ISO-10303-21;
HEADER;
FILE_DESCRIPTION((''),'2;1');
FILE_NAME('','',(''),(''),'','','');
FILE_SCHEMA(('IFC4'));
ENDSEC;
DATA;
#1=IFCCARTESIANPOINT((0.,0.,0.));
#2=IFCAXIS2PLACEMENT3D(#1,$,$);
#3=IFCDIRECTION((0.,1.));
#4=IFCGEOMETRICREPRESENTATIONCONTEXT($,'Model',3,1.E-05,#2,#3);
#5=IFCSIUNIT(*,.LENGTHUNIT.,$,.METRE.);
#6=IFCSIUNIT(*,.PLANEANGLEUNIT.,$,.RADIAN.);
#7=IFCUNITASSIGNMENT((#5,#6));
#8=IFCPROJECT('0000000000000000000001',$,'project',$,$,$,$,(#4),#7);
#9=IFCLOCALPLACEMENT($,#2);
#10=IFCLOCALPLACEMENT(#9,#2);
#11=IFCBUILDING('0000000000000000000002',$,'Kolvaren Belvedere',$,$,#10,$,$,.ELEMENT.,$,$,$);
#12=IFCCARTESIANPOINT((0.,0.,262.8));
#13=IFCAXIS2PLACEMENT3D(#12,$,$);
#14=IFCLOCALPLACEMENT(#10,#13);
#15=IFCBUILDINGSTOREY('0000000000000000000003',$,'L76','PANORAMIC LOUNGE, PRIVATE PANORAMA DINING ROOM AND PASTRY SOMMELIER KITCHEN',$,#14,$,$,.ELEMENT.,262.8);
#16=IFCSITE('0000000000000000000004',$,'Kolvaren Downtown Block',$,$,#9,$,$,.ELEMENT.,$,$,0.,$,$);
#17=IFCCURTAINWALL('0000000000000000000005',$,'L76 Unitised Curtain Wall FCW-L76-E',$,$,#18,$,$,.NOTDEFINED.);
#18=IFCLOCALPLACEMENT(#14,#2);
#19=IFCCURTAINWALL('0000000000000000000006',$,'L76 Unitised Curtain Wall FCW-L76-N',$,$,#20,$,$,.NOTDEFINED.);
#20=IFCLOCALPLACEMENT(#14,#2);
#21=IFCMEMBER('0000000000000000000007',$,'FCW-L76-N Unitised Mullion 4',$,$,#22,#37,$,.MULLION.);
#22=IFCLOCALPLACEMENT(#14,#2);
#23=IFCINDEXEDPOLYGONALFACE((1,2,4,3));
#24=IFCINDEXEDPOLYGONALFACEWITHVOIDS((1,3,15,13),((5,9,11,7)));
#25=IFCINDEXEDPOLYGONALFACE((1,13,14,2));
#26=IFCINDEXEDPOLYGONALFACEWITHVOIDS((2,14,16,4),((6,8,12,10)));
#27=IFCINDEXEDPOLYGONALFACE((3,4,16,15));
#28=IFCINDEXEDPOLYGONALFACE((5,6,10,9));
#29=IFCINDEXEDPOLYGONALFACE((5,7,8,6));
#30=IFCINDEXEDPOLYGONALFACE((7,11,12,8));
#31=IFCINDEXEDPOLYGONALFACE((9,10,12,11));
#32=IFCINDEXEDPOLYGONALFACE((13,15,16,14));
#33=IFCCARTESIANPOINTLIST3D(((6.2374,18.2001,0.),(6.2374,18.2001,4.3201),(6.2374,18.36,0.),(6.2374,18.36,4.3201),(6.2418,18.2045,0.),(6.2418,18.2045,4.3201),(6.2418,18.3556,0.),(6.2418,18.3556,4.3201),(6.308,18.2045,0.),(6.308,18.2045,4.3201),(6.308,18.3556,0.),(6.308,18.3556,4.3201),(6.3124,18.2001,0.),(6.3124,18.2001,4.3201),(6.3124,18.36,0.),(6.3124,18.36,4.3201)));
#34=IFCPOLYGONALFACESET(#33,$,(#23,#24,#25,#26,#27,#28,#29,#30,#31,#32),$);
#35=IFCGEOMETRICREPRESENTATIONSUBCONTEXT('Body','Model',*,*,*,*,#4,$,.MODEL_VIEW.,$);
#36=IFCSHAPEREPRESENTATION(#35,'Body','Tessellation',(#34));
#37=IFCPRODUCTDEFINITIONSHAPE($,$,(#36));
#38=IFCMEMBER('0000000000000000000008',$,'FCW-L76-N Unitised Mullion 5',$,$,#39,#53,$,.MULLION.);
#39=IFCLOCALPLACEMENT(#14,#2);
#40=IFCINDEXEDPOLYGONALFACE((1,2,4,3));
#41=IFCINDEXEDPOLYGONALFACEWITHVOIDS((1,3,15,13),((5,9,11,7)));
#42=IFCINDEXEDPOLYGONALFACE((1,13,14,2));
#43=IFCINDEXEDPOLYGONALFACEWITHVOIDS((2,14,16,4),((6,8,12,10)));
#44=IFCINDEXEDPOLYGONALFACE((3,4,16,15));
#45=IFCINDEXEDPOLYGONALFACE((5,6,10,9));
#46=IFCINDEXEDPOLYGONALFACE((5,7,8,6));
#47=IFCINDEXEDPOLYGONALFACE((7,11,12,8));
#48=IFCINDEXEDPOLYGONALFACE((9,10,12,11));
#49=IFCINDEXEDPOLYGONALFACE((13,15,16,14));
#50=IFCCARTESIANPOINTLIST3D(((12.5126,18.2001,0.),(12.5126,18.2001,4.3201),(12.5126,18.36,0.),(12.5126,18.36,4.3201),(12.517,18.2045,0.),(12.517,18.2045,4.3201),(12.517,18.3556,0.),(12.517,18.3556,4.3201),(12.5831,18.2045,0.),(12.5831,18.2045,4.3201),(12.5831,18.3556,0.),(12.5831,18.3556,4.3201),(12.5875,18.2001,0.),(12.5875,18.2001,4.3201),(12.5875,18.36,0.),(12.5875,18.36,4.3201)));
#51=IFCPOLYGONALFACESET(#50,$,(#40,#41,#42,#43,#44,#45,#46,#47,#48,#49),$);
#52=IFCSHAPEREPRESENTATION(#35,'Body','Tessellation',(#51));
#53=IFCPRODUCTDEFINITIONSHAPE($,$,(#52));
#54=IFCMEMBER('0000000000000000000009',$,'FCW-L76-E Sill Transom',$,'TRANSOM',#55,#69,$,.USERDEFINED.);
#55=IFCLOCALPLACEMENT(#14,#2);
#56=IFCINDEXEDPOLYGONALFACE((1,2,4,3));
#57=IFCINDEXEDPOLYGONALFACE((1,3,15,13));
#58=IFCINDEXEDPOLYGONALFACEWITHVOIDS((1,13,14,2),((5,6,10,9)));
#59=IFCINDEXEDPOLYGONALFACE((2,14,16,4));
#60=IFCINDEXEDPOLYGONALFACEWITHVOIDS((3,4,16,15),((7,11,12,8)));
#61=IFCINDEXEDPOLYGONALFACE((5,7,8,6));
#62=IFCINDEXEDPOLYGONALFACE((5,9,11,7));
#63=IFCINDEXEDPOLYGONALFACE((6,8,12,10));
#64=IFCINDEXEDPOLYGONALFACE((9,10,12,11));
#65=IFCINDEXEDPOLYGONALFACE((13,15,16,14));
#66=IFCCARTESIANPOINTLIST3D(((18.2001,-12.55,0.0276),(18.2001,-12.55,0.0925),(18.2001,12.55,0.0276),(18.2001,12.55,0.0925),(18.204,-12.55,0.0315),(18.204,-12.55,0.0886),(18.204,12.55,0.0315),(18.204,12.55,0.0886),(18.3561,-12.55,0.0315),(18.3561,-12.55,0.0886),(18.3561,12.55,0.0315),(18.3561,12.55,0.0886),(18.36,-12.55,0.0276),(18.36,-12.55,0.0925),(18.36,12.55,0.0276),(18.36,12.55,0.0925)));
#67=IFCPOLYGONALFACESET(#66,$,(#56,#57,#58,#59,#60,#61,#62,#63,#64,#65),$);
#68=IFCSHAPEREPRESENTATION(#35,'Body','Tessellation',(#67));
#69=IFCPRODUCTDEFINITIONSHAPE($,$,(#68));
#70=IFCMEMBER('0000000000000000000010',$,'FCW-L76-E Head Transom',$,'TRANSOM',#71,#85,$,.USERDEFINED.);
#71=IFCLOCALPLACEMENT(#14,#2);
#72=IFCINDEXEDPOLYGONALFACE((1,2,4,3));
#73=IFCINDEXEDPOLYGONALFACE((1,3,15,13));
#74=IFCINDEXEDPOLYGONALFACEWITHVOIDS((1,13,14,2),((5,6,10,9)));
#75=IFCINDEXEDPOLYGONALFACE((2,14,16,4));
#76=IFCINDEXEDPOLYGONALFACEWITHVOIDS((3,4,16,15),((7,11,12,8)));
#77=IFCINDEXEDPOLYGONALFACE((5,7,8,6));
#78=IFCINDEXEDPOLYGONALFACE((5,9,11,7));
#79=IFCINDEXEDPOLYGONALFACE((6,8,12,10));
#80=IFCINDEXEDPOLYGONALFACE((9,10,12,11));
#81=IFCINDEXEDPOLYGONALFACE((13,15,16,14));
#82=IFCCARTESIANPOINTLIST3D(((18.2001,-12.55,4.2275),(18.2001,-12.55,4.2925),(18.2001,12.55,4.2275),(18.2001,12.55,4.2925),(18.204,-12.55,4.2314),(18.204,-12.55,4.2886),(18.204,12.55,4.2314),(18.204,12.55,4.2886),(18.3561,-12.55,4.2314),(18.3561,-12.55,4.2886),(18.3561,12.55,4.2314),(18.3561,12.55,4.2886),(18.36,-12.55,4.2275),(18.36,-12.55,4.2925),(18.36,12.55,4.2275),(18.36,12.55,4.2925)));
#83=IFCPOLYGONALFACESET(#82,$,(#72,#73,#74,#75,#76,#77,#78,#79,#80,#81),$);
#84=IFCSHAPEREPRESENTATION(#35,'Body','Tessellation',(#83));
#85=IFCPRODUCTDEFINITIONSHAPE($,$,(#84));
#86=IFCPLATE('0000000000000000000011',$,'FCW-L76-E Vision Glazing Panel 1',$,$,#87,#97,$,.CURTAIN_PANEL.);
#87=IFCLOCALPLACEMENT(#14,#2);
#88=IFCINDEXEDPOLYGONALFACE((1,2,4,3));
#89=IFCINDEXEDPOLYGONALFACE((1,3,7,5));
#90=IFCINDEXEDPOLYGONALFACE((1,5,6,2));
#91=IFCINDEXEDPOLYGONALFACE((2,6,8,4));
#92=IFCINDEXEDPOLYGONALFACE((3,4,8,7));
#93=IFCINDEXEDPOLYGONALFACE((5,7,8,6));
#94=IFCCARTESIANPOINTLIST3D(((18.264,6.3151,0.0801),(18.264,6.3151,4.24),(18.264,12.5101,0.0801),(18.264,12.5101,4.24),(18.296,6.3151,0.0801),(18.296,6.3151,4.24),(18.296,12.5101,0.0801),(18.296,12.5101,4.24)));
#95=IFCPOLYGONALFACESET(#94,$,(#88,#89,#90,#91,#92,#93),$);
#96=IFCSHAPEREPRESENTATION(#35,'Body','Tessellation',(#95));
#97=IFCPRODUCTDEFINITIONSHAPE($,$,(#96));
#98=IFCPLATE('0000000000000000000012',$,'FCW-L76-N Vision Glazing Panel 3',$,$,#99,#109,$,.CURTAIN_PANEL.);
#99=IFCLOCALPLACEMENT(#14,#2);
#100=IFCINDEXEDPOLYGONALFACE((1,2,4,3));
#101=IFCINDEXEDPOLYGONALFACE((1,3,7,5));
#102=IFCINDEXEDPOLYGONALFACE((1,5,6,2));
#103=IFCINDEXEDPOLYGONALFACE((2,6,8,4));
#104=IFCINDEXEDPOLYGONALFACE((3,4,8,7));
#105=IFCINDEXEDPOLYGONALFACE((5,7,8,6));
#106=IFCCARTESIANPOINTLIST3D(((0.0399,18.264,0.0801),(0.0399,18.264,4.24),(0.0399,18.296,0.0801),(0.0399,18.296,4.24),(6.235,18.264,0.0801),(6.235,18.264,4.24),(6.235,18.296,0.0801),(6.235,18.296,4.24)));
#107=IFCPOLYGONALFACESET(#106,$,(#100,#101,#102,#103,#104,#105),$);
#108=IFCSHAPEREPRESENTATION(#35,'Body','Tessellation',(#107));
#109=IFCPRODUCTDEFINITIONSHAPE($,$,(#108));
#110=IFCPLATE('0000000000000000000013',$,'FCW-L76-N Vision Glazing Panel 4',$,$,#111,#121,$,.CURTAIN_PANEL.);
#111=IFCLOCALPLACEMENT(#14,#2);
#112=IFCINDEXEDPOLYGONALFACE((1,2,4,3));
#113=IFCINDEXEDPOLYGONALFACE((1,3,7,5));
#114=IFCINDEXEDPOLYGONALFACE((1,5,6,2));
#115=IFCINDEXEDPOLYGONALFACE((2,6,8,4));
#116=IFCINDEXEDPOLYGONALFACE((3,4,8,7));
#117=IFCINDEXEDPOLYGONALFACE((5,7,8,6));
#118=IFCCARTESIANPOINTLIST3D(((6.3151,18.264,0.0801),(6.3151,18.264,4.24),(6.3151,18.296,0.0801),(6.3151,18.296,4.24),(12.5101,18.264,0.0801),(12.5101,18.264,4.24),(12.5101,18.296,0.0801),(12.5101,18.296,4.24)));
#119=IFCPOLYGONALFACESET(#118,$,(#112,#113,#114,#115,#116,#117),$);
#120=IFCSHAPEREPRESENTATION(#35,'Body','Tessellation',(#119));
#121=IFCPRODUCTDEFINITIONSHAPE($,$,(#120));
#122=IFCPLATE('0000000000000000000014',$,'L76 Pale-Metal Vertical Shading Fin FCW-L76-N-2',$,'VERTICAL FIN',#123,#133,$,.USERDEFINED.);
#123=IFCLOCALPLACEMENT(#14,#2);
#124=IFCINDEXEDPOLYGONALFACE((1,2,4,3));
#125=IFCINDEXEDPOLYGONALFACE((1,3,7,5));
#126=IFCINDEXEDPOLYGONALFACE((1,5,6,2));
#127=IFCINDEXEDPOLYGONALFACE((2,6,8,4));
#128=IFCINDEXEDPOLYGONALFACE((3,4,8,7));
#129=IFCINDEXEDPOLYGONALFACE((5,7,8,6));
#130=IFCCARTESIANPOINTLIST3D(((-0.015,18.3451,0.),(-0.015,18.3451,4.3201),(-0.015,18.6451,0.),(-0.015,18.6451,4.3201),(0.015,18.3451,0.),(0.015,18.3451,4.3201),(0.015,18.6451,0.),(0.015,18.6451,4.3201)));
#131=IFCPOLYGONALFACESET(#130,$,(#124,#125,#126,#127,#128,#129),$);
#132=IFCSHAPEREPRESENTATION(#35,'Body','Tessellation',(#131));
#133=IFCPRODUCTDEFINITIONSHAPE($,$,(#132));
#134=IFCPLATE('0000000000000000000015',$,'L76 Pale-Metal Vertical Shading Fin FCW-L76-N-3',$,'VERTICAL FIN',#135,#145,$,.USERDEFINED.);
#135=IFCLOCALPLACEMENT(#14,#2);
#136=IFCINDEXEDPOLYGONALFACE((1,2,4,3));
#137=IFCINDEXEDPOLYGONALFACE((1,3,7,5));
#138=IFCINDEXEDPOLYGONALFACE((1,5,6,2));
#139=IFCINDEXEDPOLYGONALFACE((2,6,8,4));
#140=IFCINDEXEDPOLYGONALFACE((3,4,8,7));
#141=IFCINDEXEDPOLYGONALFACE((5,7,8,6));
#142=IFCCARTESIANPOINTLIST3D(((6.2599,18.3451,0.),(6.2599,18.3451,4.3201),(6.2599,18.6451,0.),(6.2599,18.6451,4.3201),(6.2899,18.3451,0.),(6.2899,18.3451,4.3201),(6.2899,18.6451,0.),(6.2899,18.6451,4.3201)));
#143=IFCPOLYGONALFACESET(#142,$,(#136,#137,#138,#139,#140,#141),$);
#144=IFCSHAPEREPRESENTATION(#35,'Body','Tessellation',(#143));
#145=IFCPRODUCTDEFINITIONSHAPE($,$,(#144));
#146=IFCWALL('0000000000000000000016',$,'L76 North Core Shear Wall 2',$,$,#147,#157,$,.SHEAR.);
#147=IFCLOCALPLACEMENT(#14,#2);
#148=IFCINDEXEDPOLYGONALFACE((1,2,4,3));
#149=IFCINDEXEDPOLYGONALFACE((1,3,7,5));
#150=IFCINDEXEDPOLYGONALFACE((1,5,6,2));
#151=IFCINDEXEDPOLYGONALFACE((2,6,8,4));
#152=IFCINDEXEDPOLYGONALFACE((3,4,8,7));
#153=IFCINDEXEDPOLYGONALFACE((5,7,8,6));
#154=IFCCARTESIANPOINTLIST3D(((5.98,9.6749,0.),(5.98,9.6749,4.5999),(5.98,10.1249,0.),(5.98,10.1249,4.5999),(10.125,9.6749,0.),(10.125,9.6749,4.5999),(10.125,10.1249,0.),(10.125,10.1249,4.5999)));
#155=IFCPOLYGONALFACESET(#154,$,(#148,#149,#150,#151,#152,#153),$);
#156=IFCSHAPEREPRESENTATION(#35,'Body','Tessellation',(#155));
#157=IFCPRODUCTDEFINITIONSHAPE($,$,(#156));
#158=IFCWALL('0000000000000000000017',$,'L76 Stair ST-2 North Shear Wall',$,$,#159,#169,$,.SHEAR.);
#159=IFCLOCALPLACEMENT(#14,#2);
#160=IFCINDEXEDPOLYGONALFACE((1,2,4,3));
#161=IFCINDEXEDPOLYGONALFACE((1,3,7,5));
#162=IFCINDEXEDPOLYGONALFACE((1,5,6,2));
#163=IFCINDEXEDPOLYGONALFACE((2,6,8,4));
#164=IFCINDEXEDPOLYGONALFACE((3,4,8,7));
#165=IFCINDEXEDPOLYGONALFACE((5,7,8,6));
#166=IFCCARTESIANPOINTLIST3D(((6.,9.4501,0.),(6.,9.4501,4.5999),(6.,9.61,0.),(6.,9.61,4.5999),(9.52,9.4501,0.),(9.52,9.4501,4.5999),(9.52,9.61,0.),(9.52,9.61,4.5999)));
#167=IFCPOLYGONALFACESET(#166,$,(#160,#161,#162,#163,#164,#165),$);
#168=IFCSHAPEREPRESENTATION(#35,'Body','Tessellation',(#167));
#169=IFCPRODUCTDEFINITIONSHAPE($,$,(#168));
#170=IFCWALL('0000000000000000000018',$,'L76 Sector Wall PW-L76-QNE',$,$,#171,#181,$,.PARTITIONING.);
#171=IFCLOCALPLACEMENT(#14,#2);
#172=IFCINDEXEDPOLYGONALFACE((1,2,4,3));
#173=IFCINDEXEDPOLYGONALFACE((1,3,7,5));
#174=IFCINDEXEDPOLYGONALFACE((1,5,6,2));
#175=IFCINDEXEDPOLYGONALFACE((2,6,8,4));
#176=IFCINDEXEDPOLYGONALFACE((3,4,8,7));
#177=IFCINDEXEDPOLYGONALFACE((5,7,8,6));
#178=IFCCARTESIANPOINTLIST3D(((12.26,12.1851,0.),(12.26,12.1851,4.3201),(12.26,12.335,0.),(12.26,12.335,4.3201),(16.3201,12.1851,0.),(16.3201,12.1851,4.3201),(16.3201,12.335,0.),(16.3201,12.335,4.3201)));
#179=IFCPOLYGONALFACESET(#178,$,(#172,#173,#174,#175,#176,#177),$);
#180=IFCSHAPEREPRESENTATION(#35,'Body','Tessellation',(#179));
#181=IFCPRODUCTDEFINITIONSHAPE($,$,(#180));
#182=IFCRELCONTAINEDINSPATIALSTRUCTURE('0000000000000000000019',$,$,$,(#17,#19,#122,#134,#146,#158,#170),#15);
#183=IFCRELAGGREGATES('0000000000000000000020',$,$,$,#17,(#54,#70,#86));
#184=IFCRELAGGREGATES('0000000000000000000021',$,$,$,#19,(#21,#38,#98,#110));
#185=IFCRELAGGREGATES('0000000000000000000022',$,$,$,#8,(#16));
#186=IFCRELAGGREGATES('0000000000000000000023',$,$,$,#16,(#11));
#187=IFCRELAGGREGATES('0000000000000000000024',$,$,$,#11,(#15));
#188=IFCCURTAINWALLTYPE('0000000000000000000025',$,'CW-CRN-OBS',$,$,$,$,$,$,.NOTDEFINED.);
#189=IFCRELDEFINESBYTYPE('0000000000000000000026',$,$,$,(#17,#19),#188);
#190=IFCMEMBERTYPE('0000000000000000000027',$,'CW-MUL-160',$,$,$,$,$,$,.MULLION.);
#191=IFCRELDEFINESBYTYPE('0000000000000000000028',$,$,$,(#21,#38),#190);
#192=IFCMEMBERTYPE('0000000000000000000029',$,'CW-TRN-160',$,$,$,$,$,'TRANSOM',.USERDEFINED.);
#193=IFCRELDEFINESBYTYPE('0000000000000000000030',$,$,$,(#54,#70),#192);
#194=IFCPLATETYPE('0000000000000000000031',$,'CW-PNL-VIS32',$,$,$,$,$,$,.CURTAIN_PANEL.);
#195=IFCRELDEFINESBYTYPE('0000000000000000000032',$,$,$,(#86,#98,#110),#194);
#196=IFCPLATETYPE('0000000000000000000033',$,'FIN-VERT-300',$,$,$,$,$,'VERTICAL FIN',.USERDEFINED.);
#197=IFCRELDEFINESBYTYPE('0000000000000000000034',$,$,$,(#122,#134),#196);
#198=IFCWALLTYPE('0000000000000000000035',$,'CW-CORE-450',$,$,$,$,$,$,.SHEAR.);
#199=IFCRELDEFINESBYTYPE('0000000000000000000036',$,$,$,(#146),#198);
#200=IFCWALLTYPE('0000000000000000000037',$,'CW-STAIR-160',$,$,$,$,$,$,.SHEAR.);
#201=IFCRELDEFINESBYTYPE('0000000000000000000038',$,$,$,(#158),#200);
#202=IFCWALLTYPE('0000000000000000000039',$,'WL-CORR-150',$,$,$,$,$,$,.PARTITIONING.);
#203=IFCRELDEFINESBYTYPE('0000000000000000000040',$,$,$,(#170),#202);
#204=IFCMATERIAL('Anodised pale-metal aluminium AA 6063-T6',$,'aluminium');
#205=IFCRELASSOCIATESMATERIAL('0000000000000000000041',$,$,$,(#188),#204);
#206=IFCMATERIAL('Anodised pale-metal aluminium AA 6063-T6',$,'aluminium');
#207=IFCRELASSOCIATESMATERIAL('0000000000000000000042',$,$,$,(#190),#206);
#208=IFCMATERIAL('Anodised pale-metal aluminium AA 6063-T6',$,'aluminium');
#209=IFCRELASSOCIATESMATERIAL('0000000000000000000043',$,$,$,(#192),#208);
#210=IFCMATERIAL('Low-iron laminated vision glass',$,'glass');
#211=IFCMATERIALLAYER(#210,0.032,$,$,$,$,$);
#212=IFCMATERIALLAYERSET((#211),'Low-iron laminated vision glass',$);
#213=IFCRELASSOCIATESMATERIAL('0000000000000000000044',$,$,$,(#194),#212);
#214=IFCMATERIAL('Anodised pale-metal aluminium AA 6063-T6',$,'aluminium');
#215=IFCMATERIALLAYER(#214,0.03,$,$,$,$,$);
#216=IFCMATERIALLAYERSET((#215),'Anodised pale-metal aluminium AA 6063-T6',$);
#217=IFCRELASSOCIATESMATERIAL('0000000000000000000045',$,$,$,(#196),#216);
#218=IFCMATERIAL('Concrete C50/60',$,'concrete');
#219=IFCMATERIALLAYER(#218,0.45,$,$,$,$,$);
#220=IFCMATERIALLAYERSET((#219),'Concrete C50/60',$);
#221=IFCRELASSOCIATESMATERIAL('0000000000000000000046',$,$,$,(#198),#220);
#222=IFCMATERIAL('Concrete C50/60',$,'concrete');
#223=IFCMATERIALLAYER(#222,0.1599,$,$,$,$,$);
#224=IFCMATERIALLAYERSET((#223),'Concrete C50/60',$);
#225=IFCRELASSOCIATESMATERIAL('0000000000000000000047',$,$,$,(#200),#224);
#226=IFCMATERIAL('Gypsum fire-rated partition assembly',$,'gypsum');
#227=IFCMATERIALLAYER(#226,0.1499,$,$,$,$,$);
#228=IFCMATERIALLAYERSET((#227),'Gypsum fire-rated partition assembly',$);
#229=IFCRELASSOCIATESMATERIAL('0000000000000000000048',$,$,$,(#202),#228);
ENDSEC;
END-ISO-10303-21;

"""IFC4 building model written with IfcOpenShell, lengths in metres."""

from ifc_helpers import new_model, si_unit, direction, frame, frame_2d, origin, origin_2d, place, context, subcontext, project, spatial, rectangle, hollow_rectangle, extrude, material, layer, layer_set, material_profile, profile_set, type_object, element, aggregate, save


model = new_model("IFC4")

# Units and contexts
model_context = context("Model", 3, precision=1e-05, world=origin(), true_north=direction((0.0, 1.0)))
body_context = subcontext(model_context, "Body", "Model", "MODEL_VIEW")
ifc_project = project(units=[si_unit("LENGTHUNIT", "METRE"), si_unit("PLANEANGLEUNIT", "RADIAN")], contexts=[model_context])

# Site, building, storey
site_placement = place(None, origin())
site = spatial("IfcSite", under=ifc_project, at=site_placement, Name="Kolvaren Downtown Block", CompositionType="ELEMENT", RefElevation=0.0)
building_placement = place(site_placement, origin())
building = spatial("IfcBuilding", under=site, at=building_placement, Name="Kolvaren Belvedere", CompositionType="ELEMENT")
storey_placement = place(building_placement, frame((0.0, 0.0, 262.8)))
storey = spatial("IfcBuildingStorey", under=building, at=storey_placement, Name="L76", Description="PANORAMIC LOUNGE, PRIVATE PANORAMA DINING ROOM AND PASTRY SOMMELIER KITCHEN", CompositionType="ELEMENT", Elevation=262.8)

# Curtain wall
ifc_material_1 = material(Name="Anodised pale-metal aluminium AA 6063-T6", Category="aluminium")
curtain_wall_type = type_object("IfcCurtainWallType", Name="CW-CRN-OBS", PredefinedType="NOTDEFINED", material=ifc_material_1)
curtain_wall_1_placement = place(storey_placement, origin())
curtain_wall_1 = element("IfcCurtainWall", 1, at=curtain_wall_1_placement, inside=storey, type_object=curtain_wall_type, Name="L76 Unitised Curtain Wall FCW-L76-E", PredefinedType="NOTDEFINED")
ifc_material_2 = material(Name="Anodised pale-metal aluminium AA 6063-T6", Category="aluminium")
ifc_material_profile_1 = material_profile(ifc_material_2, hollow_rectangle(XDim=0.075, YDim=0.1599, WallThickness=0.0044, at=origin_2d()), Name="ALU-MUL-160X75")
ifc_profile_set_1 = profile_set([ifc_material_profile_1], Name="Anodised pale-metal aluminium AA 6063-T6")
member_type_1 = type_object("IfcMemberType", Name="CW-MUL-160", PredefinedType="MULLION", material=ifc_profile_set_1)

# Curtain wall, members
curtain_wall_2_placement = place(storey_placement, origin())
curtain_wall_2 = element("IfcCurtainWall", 2, at=curtain_wall_2_placement, inside=storey, type_object=curtain_wall_type, Name="L76 Unitised Curtain Wall FCW-L76-N", PredefinedType="NOTDEFINED")
member_1_placement = place(storey_placement, frame((6.2749, 18.28, 0.0), z_axis=(0.0, 0.0, 1.0), x_axis=(1.0, 0.0, 0.0)))
member_1 = element("IfcMember", 3, at=member_1_placement, type_object=member_type_1, Name="FCW-L76-N Unitised Mullion 4", PredefinedType="MULLION", context=body_context, shape_type="SweptSolid", body=[
    extrude(hollow_rectangle(XDim=0.075, YDim=0.1599, WallThickness=0.0044, at=origin_2d()), origin(), (0.0, 0.0, 1.0), 4.3201),
])
member_2_placement = place(storey_placement, frame((12.55, 18.28, 0.0), z_axis=(0.0, 0.0, 1.0), x_axis=(1.0, 0.0, 0.0)))
member_2 = element("IfcMember", 4, at=member_2_placement, type_object=member_type_1, Name="FCW-L76-N Unitised Mullion 5", PredefinedType="MULLION", context=body_context, shape_type="SweptSolid", body=[
    extrude(hollow_rectangle(XDim=0.075, YDim=0.1599, WallThickness=0.0044, at=origin_2d()), origin(), (0.0, 0.0, 1.0), 4.3201),
])

# Members
ifc_material_3 = material(Name="Anodised pale-metal aluminium AA 6063-T6", Category="aluminium")
ifc_material_profile_2 = material_profile(ifc_material_3, hollow_rectangle(XDim=0.0649, YDim=0.1599, WallThickness=0.0039, at=origin_2d()), Name="ALU-TRN-160X65")
ifc_profile_set_2 = profile_set([ifc_material_profile_2], Name="Anodised pale-metal aluminium AA 6063-T6")
member_type_2 = type_object("IfcMemberType", Name="CW-TRN-160", ElementType="TRANSOM", PredefinedType="USERDEFINED", material=ifc_profile_set_2)
member_3_placement = place(storey_placement, frame((18.28, 12.55, 0.0601), z_axis=(0.0, -1.0, 0.0), x_axis=(0.0, 0.0, 1.0)))
member_3 = element("IfcMember", 5, at=member_3_placement, type_object=member_type_2, Name="FCW-L76-E Sill Transom", ObjectType="TRANSOM", PredefinedType="USERDEFINED", context=body_context, shape_type="SweptSolid", body=[
    extrude(hollow_rectangle(XDim=0.0649, YDim=0.1599, WallThickness=0.0039, at=origin_2d()), origin(), (0.0, 0.0, 1.0), 25.1001),
])
member_4_placement = place(storey_placement, frame((18.28, 12.55, 4.26), z_axis=(0.0, -1.0, 0.0), x_axis=(0.0, 0.0, 1.0)))
member_4 = element("IfcMember", 6, at=member_4_placement, type_object=member_type_2, Name="FCW-L76-E Head Transom", ObjectType="TRANSOM", PredefinedType="USERDEFINED", context=body_context, shape_type="SweptSolid", body=[
    extrude(hollow_rectangle(XDim=0.0649, YDim=0.1599, WallThickness=0.0039, at=origin_2d()), origin(), (0.0, 0.0, 1.0), 25.1001),
])

# Plates
ifc_material_4 = material(Name="Low-iron laminated vision glass", Category="glass")
ifc_layer_1 = layer(ifc_material_4, 0.032)
ifc_layer_set_1 = layer_set([ifc_layer_1], Name="Low-iron laminated vision glass")
plate_type_1 = type_object("IfcPlateType", Name="CW-PNL-VIS32", PredefinedType="CURTAIN_PANEL", material=ifc_layer_set_1)
plate_1_placement = place(storey_placement, frame((18.28, 9.4126, 0.0801), z_axis=(0.0, 0.0, 1.0), x_axis=(0.0, -1.0, 0.0)))
plate_1 = element("IfcPlate", 7, at=plate_1_placement, type_object=plate_type_1, Name="FCW-L76-E Vision Glazing Panel 1", PredefinedType="CURTAIN_PANEL", context=body_context, shape_type="SweptSolid", body=[
    extrude(rectangle(XDim=6.1951, YDim=0.032, at=origin_2d()), origin(), (0.0, 0.0, 1.0), 4.1599),
])
aggregate(curtain_wall_1, [member_3, member_4, plate_1])
plate_2_placement = place(storey_placement, frame((3.1375, 18.28, 0.0801), z_axis=(0.0, 0.0, 1.0), x_axis=(1.0, 0.0, 0.0)))
plate_2 = element("IfcPlate", 8, at=plate_2_placement, type_object=plate_type_1, Name="FCW-L76-N Vision Glazing Panel 3", PredefinedType="CURTAIN_PANEL", context=body_context, shape_type="SweptSolid", body=[
    extrude(rectangle(XDim=6.1951, YDim=0.032, at=origin_2d()), origin(), (0.0, 0.0, 1.0), 4.1599),
])
plate_3_placement = place(storey_placement, frame((9.4126, 18.28, 0.0801), z_axis=(0.0, 0.0, 1.0), x_axis=(1.0, 0.0, 0.0)))
plate_3 = element("IfcPlate", 9, at=plate_3_placement, type_object=plate_type_1, Name="FCW-L76-N Vision Glazing Panel 4", PredefinedType="CURTAIN_PANEL", context=body_context, shape_type="SweptSolid", body=[
    extrude(rectangle(XDim=6.1951, YDim=0.032, at=origin_2d()), origin(), (0.0, 0.0, 1.0), 4.1599),
])
aggregate(curtain_wall_2, [member_1, member_2, plate_2, plate_3])

# Plates
ifc_material_5 = material(Name="Anodised pale-metal aluminium AA 6063-T6", Category="aluminium")
ifc_layer_2 = layer(ifc_material_5, 0.03)
ifc_layer_set_2 = layer_set([ifc_layer_2], Name="Anodised pale-metal aluminium AA 6063-T6")
plate_type_2 = type_object("IfcPlateType", Name="FIN-VERT-300", ElementType="VERTICAL FIN", PredefinedType="USERDEFINED", material=ifc_layer_set_2)
for number, where, z_axis, x_axis, name in (
    (10, (0.0, 18.4951, 0.0), (0.0, 0.0, 1.0), (0.0, 1.0, 0.0), "L76 Pale-Metal Vertical Shading Fin FCW-L76-N-2"),
    (11, (6.2749, 18.4951, 0.0), (0.0, 0.0, 1.0), (0.0, 1.0, 0.0), "L76 Pale-Metal Vertical Shading Fin FCW-L76-N-3"),
):
    element("IfcPlate", number, at=place(storey_placement, frame(where, z_axis=z_axis, x_axis=x_axis)), inside=storey, type_object=plate_type_2, Name=name, ObjectType="VERTICAL FIN", PredefinedType="USERDEFINED", context=body_context, shape_type="SweptSolid", body=[
        extrude(rectangle(XDim=0.3, YDim=0.03, at=origin_2d()), origin(), (0.0, 0.0, 1.0), 4.3201),
    ])

# Walls
ifc_material_6 = material(Name="Concrete C50/60", Category="concrete")
ifc_layer_3 = layer(ifc_material_6, 0.45)
ifc_layer_set_3 = layer_set([ifc_layer_3], Name="Concrete C50/60")
wall_type_1 = type_object("IfcWallType", Name="CW-CORE-450", PredefinedType="SHEAR", material=ifc_layer_set_3)
wall_1_placement = place(storey_placement, frame((5.98, 9.8999, 0.0), z_axis=(0.0, 0.0, 1.0), x_axis=(1.0, 0.0, 0.0)))
element("IfcWall", 12, at=wall_1_placement, inside=storey, type_object=wall_type_1, Name="L76 North Core Shear Wall 2", PredefinedType="SHEAR", context=body_context, shape_type="SweptSolid", body=[
    extrude(rectangle(XDim=4.145, YDim=0.45, at=frame_2d((2.0725, 0.0))), origin(), (0.0, 0.0, 1.0), 4.5999),
])
ifc_material_7 = material(Name="Concrete C50/60", Category="concrete")
ifc_layer_4 = layer(ifc_material_7, 0.1599)
ifc_layer_set_4 = layer_set([ifc_layer_4], Name="Concrete C50/60")
wall_type_2 = type_object("IfcWallType", Name="CW-STAIR-160", PredefinedType="SHEAR", material=ifc_layer_set_4)
wall_2_placement = place(storey_placement, frame((6.0, 9.53, 0.0), z_axis=(0.0, 0.0, 1.0), x_axis=(1.0, 0.0, 0.0)))
element("IfcWall", 13, at=wall_2_placement, inside=storey, type_object=wall_type_2, Name="L76 Stair ST-2 North Shear Wall", PredefinedType="SHEAR", context=body_context, shape_type="SweptSolid", body=[
    extrude(rectangle(XDim=3.52, YDim=0.1599, at=frame_2d((1.76, 0.0))), origin(), (0.0, 0.0, 1.0), 4.5999),
])
ifc_material_8 = material(Name="Gypsum fire-rated partition assembly", Category="gypsum")
ifc_layer_5 = layer(ifc_material_8, 0.1499)
ifc_layer_set_5 = layer_set([ifc_layer_5], Name="Gypsum fire-rated partition assembly")
wall_type_3 = type_object("IfcWallType", Name="WL-CORR-150", PredefinedType="PARTITIONING", material=ifc_layer_set_5)
wall_3_placement = place(storey_placement, frame((12.26, 12.26, 0.0), z_axis=(0.0, 0.0, 1.0), x_axis=(1.0, 0.0, 0.0)))
element("IfcWall", 14, at=wall_3_placement, inside=storey, type_object=wall_type_3, Name="L76 Sector Wall PW-L76-QNE", PredefinedType="PARTITIONING", context=body_context, shape_type="SweptSolid", body=[
    extrude(rectangle(XDim=4.0601, YDim=0.1499, at=frame_2d((2.03, 0.0))), origin(), (0.0, 0.0, 1.0), 4.3201),
])

save(model, "model.ifc")
